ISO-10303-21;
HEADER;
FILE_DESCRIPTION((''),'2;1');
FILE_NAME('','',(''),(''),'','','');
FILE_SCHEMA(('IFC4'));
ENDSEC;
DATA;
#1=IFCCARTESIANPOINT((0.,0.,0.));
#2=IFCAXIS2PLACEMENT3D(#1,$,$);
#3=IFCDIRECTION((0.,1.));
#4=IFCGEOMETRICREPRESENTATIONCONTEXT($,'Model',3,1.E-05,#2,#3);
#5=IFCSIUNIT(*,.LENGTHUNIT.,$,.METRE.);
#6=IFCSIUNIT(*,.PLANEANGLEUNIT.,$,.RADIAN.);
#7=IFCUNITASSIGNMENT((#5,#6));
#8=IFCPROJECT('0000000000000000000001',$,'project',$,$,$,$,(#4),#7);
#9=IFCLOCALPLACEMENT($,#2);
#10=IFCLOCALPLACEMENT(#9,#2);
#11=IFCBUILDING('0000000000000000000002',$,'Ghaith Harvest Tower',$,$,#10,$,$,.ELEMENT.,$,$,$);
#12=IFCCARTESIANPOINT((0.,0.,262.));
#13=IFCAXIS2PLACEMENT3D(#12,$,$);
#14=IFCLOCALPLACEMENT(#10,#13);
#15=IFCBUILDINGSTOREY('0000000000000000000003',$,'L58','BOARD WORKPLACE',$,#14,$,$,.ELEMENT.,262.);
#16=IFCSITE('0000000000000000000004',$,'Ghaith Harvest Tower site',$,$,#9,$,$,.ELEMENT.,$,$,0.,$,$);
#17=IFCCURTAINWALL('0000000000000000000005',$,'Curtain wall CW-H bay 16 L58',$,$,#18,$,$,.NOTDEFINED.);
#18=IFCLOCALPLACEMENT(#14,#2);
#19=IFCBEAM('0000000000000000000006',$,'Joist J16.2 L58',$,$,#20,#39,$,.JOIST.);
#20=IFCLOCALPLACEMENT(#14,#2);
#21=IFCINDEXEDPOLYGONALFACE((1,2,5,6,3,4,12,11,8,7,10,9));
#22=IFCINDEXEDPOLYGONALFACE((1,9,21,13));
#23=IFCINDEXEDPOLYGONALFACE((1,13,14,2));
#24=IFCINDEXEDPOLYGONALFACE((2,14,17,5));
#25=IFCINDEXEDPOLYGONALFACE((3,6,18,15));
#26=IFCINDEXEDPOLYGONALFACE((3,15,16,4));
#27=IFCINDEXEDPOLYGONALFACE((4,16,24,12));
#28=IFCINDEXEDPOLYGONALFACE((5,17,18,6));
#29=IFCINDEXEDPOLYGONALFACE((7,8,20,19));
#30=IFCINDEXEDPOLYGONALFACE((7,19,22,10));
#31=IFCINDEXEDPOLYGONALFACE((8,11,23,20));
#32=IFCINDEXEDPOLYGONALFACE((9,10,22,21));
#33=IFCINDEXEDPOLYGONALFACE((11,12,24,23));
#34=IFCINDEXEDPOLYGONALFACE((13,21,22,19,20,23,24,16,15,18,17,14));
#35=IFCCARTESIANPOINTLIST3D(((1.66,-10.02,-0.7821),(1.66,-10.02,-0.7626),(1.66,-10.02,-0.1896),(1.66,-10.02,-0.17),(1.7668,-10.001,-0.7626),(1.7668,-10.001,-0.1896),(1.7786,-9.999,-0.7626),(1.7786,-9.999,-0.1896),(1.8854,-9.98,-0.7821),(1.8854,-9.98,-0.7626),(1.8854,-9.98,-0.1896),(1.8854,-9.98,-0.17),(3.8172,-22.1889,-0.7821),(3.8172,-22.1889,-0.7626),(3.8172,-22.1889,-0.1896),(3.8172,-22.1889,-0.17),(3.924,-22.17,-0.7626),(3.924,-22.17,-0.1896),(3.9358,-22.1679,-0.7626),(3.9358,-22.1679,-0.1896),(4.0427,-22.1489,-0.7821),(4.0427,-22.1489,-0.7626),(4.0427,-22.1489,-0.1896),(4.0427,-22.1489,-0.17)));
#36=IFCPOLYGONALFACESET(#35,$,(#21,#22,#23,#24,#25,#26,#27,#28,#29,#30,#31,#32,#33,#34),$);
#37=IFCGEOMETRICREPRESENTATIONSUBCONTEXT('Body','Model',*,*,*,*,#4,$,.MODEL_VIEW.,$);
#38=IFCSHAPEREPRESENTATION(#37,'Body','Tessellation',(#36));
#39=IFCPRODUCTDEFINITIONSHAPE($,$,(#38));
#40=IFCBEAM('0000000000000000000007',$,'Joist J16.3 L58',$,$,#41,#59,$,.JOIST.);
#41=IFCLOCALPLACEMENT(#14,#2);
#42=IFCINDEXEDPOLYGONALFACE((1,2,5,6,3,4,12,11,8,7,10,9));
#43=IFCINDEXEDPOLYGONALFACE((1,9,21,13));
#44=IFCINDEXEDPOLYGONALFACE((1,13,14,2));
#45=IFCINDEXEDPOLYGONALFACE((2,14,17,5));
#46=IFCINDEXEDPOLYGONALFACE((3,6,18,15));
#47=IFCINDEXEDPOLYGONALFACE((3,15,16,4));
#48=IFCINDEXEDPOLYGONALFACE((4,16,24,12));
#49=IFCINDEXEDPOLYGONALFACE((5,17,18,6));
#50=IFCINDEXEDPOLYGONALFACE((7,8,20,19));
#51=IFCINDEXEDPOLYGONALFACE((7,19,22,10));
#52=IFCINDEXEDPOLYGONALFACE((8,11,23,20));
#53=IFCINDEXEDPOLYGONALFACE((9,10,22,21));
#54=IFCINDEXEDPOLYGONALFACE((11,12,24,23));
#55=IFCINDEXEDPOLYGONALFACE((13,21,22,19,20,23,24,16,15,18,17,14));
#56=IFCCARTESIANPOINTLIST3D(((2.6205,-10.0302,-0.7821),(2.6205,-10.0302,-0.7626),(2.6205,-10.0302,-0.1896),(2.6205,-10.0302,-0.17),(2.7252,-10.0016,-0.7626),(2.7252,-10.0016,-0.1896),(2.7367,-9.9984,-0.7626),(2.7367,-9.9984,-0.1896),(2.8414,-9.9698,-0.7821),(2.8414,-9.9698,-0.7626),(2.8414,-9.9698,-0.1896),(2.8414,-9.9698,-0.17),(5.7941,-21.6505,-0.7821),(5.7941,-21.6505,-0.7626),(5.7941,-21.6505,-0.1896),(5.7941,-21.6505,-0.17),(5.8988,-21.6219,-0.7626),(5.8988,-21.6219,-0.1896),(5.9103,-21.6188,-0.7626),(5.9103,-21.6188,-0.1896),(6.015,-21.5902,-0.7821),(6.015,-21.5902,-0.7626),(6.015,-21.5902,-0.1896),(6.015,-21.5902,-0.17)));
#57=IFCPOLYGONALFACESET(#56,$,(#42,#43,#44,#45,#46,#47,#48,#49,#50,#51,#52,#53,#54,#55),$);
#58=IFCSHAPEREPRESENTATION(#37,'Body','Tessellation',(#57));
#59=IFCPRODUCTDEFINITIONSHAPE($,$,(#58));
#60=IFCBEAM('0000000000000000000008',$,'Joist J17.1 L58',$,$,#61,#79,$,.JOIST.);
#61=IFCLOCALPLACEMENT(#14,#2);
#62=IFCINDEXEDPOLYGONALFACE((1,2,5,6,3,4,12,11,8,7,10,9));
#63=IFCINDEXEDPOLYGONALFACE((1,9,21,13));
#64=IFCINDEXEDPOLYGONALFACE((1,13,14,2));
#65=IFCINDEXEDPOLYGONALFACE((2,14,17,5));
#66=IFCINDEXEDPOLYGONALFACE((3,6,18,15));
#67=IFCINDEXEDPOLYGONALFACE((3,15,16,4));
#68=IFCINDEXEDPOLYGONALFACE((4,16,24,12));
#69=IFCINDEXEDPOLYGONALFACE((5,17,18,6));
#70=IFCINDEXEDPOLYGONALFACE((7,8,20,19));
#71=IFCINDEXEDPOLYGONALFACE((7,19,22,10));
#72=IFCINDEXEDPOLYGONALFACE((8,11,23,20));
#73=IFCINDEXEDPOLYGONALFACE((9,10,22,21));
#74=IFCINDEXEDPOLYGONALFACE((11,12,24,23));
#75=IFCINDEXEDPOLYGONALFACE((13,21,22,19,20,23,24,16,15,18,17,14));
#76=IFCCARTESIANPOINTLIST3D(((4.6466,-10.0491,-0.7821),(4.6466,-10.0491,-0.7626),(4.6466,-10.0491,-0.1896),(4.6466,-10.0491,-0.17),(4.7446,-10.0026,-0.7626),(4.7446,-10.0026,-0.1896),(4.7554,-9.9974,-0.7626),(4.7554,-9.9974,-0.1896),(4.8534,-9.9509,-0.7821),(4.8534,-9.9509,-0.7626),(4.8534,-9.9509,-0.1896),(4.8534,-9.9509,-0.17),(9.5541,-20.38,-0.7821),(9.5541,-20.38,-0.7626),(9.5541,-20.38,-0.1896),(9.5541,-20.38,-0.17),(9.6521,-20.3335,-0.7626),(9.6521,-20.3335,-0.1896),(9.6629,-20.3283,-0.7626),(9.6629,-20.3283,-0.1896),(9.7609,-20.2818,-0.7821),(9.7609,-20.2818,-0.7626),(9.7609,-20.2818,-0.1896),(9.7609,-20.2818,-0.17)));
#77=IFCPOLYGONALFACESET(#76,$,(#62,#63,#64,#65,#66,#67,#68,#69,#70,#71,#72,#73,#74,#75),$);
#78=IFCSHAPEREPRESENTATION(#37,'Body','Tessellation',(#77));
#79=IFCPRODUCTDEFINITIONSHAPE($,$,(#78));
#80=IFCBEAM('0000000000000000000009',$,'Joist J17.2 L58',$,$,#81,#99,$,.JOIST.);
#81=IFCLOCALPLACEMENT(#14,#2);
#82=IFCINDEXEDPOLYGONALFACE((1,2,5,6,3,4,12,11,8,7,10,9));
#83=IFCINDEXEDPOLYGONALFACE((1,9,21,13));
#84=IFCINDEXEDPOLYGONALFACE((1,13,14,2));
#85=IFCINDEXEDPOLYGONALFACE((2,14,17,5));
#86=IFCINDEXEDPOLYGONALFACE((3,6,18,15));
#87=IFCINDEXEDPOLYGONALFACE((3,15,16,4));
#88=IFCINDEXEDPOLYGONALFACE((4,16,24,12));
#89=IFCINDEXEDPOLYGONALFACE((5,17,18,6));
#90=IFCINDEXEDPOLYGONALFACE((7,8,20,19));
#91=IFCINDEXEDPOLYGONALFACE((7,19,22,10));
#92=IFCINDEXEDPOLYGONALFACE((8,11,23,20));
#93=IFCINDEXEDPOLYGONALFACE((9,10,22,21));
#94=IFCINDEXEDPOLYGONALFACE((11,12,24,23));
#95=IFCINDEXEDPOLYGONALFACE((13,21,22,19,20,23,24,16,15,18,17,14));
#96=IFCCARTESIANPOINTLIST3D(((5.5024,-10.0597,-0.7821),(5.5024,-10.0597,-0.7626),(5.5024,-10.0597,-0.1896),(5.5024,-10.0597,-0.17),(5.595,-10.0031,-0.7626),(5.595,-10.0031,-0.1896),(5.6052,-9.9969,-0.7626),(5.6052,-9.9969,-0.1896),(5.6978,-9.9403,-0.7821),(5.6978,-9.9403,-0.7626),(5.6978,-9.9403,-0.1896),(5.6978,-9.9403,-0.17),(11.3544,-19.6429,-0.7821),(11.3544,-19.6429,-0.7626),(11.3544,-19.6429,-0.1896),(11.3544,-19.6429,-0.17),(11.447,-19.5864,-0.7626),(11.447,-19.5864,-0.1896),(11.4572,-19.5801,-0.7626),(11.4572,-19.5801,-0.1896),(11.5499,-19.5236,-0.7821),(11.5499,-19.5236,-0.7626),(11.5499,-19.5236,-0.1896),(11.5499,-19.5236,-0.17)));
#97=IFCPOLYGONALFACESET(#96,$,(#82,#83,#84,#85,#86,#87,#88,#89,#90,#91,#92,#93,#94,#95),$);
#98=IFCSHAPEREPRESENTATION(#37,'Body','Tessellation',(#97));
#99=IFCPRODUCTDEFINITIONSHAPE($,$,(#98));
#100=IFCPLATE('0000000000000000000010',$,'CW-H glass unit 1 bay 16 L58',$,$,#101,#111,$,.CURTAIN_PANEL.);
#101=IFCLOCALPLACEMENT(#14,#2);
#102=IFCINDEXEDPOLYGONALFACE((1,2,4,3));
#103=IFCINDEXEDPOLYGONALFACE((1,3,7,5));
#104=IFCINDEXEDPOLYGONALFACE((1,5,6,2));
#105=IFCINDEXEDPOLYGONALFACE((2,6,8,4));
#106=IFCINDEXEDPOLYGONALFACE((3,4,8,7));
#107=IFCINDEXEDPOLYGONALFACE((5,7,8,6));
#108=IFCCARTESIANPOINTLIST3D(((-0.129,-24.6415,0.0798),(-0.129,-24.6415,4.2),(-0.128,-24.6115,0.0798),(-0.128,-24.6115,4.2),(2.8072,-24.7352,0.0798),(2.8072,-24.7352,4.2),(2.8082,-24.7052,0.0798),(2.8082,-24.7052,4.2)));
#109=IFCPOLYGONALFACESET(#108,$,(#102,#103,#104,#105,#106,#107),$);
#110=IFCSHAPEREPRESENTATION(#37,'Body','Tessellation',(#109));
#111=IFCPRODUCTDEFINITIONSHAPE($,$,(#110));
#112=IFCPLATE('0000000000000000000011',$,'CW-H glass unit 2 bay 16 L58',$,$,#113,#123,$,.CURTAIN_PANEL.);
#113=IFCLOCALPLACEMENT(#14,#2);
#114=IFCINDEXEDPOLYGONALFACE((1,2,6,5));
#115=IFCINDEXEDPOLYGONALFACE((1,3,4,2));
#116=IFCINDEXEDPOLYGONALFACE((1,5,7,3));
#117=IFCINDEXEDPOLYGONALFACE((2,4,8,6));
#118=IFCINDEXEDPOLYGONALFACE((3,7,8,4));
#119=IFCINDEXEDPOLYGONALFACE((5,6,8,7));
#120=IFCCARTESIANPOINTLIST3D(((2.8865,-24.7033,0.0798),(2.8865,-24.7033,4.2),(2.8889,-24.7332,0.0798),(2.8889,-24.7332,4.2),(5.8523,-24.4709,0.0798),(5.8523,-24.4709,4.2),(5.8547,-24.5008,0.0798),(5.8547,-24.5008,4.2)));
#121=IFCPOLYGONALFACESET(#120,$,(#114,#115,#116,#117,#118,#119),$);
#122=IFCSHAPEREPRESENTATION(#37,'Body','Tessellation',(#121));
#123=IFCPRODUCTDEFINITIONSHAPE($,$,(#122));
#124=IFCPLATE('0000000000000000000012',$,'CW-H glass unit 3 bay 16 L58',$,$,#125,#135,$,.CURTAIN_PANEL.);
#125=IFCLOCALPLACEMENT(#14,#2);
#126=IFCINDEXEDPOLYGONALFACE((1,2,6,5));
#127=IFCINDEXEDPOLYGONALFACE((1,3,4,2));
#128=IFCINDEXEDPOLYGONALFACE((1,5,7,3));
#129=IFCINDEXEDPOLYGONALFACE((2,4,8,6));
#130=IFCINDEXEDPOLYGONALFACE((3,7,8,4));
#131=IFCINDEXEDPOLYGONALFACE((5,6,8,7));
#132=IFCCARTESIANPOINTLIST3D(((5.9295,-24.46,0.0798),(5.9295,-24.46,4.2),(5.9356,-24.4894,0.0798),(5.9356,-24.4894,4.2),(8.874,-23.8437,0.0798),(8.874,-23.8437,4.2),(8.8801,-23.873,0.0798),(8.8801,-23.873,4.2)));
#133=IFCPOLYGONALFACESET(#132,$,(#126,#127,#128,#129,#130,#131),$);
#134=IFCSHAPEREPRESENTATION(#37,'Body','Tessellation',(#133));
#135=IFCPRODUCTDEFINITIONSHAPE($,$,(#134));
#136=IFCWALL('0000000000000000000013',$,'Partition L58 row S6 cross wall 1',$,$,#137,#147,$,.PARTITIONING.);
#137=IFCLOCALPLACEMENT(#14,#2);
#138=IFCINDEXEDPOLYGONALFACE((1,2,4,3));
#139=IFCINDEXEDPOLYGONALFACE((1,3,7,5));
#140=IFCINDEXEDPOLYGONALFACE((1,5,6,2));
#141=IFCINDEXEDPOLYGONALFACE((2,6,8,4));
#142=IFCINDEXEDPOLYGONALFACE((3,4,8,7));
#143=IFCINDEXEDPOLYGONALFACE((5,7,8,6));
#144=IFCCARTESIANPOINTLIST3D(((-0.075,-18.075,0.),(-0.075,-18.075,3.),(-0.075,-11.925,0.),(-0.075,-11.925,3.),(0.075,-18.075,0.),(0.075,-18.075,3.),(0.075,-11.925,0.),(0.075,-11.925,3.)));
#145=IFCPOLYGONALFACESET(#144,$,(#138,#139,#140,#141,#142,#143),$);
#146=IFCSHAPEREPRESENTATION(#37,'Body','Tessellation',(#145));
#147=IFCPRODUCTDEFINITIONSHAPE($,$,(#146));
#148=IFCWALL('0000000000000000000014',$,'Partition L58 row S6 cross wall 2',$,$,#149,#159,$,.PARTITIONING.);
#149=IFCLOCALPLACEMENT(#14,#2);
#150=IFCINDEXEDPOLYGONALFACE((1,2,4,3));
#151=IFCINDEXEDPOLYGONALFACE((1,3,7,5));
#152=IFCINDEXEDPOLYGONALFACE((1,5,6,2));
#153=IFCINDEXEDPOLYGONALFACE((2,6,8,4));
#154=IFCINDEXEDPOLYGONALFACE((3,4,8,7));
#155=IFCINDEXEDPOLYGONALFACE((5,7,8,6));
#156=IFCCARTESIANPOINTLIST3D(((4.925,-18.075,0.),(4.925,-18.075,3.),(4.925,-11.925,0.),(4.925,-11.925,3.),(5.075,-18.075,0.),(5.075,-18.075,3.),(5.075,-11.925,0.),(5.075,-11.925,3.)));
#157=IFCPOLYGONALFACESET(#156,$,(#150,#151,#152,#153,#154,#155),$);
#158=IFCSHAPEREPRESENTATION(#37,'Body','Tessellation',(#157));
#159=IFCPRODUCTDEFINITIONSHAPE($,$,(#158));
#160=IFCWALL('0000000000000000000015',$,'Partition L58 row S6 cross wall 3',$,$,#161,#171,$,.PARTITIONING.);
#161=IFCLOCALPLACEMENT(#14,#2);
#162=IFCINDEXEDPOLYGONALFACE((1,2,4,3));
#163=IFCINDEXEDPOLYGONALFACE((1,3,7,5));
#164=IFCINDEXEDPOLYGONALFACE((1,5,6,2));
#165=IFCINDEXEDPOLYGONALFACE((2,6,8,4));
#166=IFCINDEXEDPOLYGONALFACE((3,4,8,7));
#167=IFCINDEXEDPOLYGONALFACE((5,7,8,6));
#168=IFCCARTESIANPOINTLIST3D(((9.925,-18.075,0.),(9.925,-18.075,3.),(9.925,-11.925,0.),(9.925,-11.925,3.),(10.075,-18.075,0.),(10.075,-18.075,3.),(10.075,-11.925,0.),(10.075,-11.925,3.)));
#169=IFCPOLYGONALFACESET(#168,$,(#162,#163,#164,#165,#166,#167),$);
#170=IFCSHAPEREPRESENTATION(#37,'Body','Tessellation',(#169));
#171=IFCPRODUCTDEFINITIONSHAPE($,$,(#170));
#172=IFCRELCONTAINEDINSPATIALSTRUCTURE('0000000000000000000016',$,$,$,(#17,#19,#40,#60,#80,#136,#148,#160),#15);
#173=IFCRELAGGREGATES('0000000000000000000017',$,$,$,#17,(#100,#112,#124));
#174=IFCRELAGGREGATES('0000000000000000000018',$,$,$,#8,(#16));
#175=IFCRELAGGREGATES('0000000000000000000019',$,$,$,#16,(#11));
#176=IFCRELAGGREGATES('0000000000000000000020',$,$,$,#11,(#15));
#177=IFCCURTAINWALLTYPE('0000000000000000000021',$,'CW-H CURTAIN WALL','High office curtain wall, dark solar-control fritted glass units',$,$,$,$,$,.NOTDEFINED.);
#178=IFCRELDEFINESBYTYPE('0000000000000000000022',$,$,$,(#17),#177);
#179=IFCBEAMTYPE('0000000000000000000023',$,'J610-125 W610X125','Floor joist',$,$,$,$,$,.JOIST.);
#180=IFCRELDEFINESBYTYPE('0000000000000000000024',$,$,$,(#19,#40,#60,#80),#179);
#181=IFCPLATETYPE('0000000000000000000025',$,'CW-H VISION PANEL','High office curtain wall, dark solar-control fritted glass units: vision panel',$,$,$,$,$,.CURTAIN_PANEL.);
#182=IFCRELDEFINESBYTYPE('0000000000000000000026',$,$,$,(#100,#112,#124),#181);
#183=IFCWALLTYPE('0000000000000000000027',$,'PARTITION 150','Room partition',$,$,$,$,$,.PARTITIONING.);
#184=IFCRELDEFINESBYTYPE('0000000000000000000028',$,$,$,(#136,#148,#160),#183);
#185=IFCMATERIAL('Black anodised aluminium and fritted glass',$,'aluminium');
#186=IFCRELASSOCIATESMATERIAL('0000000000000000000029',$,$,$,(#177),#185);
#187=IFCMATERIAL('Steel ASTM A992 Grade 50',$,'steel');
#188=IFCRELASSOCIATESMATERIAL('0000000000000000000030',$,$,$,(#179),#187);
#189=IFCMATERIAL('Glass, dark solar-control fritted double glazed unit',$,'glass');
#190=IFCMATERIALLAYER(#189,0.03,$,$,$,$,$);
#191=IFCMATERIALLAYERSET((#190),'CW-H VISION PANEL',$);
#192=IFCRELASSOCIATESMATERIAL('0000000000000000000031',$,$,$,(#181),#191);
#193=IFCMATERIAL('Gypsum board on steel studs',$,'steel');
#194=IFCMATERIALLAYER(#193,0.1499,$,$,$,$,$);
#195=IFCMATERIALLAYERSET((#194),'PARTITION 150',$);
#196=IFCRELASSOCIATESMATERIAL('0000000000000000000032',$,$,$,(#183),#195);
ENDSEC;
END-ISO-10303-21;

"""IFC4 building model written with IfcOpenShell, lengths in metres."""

from ifc_helpers import new_model, si_unit, direction, frame, frame_2d, origin, origin_2d, place, context, subcontext, project, spatial, rectangle, i_section, extrude, material, layer, layer_set, material_profile, profile_set, type_object, element, aggregate, save


model = new_model("IFC4")

# Units and contexts
model_context = context("Model", 3, precision=1e-05, world=origin(), true_north=direction((0.0, 1.0)))
body_context = subcontext(model_context, "Body", "Model", "MODEL_VIEW")
ifc_project = project(units=[si_unit("LENGTHUNIT", "METRE"), si_unit("PLANEANGLEUNIT", "RADIAN")], contexts=[model_context])

# Site, building, storey
site_placement = place(None, origin())
site = spatial("IfcSite", under=ifc_project, at=site_placement, Name="Ghaith Harvest Tower site", CompositionType="ELEMENT", RefElevation=0.0)
building_placement = place(site_placement, origin())
building = spatial("IfcBuilding", under=site, at=building_placement, Name="Ghaith Harvest Tower", CompositionType="ELEMENT")
storey_placement = place(building_placement, frame((0.0, 0.0, 262.0)))
storey = spatial("IfcBuildingStorey", under=building, at=storey_placement, Name="L58", Description="BOARD WORKPLACE", CompositionType="ELEMENT", Elevation=262.0)

# Curtain wall
ifc_material_1 = material(Name="Black anodised aluminium and fritted glass", Category="aluminium")
curtain_wall_type = type_object("IfcCurtainWallType", Name="CW-H CURTAIN WALL", Description="High office curtain wall, dark solar-control fritted glass units", PredefinedType="NOTDEFINED", material=ifc_material_1)
curtain_wall_1_placement = place(storey_placement, origin())
curtain_wall_1 = element("IfcCurtainWall", 1, at=curtain_wall_1_placement, inside=storey, type_object=curtain_wall_type, Name="Curtain wall CW-H bay 16 L58", PredefinedType="NOTDEFINED")

# Beams
ifc_material_2 = material(Name="Steel ASTM A992 Grade 50", Category="steel")
ifc_material_profile_1 = material_profile(ifc_material_2, i_section(OverallWidth=0.229, OverallDepth=0.6121, WebThickness=0.012, FlangeThickness=0.0195, at=origin_2d()), Name="W610X125")
ifc_profile_set_1 = profile_set([ifc_material_profile_1], Name="Steel ASTM A992 Grade 50")
beam_type_1 = type_object("IfcBeamType", Name="J610-125 W610X125", Description="Floor joist", PredefinedType="JOIST", material=ifc_profile_set_1)
beam_1_placement = place(storey_placement, frame((1.7727, -10.0, -0.4761), z_axis=(0.174552, -0.984648, 0.0), x_axis=(0.984648, 0.174552, 0.0)))
element("IfcBeam", 2, at=beam_1_placement, inside=storey, type_object=beam_type_1, Name="Joist J16.2 L58", PredefinedType="JOIST", context=body_context, shape_type="SweptSolid", body=[
    extrude(i_section(OverallWidth=0.229, OverallDepth=0.6121, WebThickness=0.012, FlangeThickness=0.0195, at=origin_2d()), origin(), (0.0, 0.0, 1.0), 12.3586),
])
beam_2_placement = place(storey_placement, frame((2.731, -10.0, -0.4761), z_axis=(0.263457, -0.964671, 0.0), x_axis=(0.964671, 0.263457, 0.0)))
element("IfcBeam", 3, at=beam_2_placement, inside=storey, type_object=beam_type_1, Name="Joist J16.3 L58", PredefinedType="JOIST", context=body_context, shape_type="SweptSolid", body=[
    extrude(i_section(OverallWidth=0.229, OverallDepth=0.6121, WebThickness=0.012, FlangeThickness=0.0195, at=origin_2d()), origin(), (0.0, 0.0, 1.0), 12.0459),
])
beam_3_placement = place(storey_placement, frame((4.75, -10.0, -0.4761), z_axis=(0.429081, -0.903266, 0.0), x_axis=(0.903266, 0.429081, 0.0)))
element("IfcBeam", 4, at=beam_3_placement, inside=storey, type_object=beam_type_1, Name="Joist J17.1 L58", PredefinedType="JOIST", context=body_context, shape_type="SweptSolid", body=[
    extrude(i_section(OverallWidth=0.229, OverallDepth=0.6121, WebThickness=0.012, FlangeThickness=0.0195, at=origin_2d()), origin(), (0.0, 0.0, 1.0), 11.4373),
])
beam_4_placement = place(storey_placement, frame((5.6001, -10.0, -0.4761), z_axis=(0.521166, -0.853455, 0.0), x_axis=(0.853455, 0.521166, 0.0)))
element("IfcBeam", 5, at=beam_4_placement, inside=storey, type_object=beam_type_1, Name="Joist J17.2 L58", PredefinedType="JOIST", context=body_context, shape_type="SweptSolid", body=[
    extrude(i_section(OverallWidth=0.229, OverallDepth=0.6121, WebThickness=0.012, FlangeThickness=0.0195, at=origin_2d()), origin(), (0.0, 0.0, 1.0), 11.2288),
])

# Plates
ifc_material_3 = material(Name="Glass, dark solar-control fritted double glazed unit", Category="glass")
ifc_layer_1 = layer(ifc_material_3, 0.03)
ifc_layer_set_1 = layer_set([ifc_layer_1], Name="CW-H VISION PANEL")
plate_type = type_object("IfcPlateType", Name="CW-H VISION PANEL", Description="High office curtain wall, dark solar-control fritted glass units: vision panel", PredefinedType="CURTAIN_PANEL", material=ifc_layer_set_1)
plate_1_placement = place(storey_placement, frame((1.3396, -24.6733, 0.0798), z_axis=(0.0, 0.0, 1.0), x_axis=(0.999491, -0.031894, 0.0)))
plate_1 = element("IfcPlate", 6, at=plate_1_placement, type_object=plate_type, Name="CW-H glass unit 1 bay 16 L58", PredefinedType="CURTAIN_PANEL", context=body_context, shape_type="SweptSolid", body=[
    extrude(rectangle(XDim=2.9377, YDim=0.03, at=origin_2d()), origin(), (0.0, 0.0, 1.0), 4.1201),
])
plate_2_placement = place(storey_placement, frame((4.3706, -24.6021, 0.0798), z_axis=(0.0, 0.0, 1.0), x_axis=(0.996945, 0.078101, 0.0)))
plate_2 = element("IfcPlate", 7, at=plate_2_placement, type_object=plate_type, Name="CW-H glass unit 2 bay 16 L58", PredefinedType="CURTAIN_PANEL", context=body_context, shape_type="SweptSolid", body=[
    extrude(rectangle(XDim=2.9749, YDim=0.03, at=origin_2d()), origin(), (0.0, 0.0, 1.0), 4.1201),
])
plate_3_placement = place(storey_placement, frame((7.4048, -24.1665, 0.0798), z_axis=(0.0, 0.0, 1.0), x_axis=(0.978789, 0.204872, 0.0)))
plate_3 = element("IfcPlate", 8, at=plate_3_placement, type_object=plate_type, Name="CW-H glass unit 3 bay 16 L58", PredefinedType="CURTAIN_PANEL", context=body_context, shape_type="SweptSolid", body=[
    extrude(rectangle(XDim=3.0083, YDim=0.03, at=origin_2d()), origin(), (0.0, 0.0, 1.0), 4.1201),
])
aggregate(curtain_wall_1, [plate_1, plate_2, plate_3])

# Walls
ifc_material_4 = material(Name="Gypsum board on steel studs", Category="steel")
ifc_layer_2 = layer(ifc_material_4, 0.1499)
ifc_layer_set_2 = layer_set([ifc_layer_2], Name="PARTITION 150")
wall_type = type_object("IfcWallType", Name="PARTITION 150", Description="Room partition", PredefinedType="PARTITIONING", material=ifc_layer_set_2)
for number, where, z_axis, x_axis, name in (
    (9, (0.0, -11.925, 0.0), (0.0, 0.0, 1.0), (0.0, -1.0, 0.0), "Partition L58 row S6 cross wall 1"),
    (10, (5.0, -11.925, 0.0), (0.0, 0.0, 1.0), (0.0, -1.0, 0.0), "Partition L58 row S6 cross wall 2"),
    (11, (10.0, -11.925, 0.0), (0.0, 0.0, 1.0), (0.0, -1.0, 0.0), "Partition L58 row S6 cross wall 3"),
):
    element("IfcWall", number, at=place(storey_placement, frame(where, z_axis=z_axis, x_axis=x_axis)), inside=storey, type_object=wall_type, Name=name, PredefinedType="PARTITIONING", context=body_context, shape_type="SweptSolid", body=[
        extrude(rectangle(XDim=6.1499, YDim=0.1499, at=frame_2d((3.075, 0.0))), origin(), (0.0, 0.0, 1.0), 3.0),
    ])

save(model, "model.ifc")
